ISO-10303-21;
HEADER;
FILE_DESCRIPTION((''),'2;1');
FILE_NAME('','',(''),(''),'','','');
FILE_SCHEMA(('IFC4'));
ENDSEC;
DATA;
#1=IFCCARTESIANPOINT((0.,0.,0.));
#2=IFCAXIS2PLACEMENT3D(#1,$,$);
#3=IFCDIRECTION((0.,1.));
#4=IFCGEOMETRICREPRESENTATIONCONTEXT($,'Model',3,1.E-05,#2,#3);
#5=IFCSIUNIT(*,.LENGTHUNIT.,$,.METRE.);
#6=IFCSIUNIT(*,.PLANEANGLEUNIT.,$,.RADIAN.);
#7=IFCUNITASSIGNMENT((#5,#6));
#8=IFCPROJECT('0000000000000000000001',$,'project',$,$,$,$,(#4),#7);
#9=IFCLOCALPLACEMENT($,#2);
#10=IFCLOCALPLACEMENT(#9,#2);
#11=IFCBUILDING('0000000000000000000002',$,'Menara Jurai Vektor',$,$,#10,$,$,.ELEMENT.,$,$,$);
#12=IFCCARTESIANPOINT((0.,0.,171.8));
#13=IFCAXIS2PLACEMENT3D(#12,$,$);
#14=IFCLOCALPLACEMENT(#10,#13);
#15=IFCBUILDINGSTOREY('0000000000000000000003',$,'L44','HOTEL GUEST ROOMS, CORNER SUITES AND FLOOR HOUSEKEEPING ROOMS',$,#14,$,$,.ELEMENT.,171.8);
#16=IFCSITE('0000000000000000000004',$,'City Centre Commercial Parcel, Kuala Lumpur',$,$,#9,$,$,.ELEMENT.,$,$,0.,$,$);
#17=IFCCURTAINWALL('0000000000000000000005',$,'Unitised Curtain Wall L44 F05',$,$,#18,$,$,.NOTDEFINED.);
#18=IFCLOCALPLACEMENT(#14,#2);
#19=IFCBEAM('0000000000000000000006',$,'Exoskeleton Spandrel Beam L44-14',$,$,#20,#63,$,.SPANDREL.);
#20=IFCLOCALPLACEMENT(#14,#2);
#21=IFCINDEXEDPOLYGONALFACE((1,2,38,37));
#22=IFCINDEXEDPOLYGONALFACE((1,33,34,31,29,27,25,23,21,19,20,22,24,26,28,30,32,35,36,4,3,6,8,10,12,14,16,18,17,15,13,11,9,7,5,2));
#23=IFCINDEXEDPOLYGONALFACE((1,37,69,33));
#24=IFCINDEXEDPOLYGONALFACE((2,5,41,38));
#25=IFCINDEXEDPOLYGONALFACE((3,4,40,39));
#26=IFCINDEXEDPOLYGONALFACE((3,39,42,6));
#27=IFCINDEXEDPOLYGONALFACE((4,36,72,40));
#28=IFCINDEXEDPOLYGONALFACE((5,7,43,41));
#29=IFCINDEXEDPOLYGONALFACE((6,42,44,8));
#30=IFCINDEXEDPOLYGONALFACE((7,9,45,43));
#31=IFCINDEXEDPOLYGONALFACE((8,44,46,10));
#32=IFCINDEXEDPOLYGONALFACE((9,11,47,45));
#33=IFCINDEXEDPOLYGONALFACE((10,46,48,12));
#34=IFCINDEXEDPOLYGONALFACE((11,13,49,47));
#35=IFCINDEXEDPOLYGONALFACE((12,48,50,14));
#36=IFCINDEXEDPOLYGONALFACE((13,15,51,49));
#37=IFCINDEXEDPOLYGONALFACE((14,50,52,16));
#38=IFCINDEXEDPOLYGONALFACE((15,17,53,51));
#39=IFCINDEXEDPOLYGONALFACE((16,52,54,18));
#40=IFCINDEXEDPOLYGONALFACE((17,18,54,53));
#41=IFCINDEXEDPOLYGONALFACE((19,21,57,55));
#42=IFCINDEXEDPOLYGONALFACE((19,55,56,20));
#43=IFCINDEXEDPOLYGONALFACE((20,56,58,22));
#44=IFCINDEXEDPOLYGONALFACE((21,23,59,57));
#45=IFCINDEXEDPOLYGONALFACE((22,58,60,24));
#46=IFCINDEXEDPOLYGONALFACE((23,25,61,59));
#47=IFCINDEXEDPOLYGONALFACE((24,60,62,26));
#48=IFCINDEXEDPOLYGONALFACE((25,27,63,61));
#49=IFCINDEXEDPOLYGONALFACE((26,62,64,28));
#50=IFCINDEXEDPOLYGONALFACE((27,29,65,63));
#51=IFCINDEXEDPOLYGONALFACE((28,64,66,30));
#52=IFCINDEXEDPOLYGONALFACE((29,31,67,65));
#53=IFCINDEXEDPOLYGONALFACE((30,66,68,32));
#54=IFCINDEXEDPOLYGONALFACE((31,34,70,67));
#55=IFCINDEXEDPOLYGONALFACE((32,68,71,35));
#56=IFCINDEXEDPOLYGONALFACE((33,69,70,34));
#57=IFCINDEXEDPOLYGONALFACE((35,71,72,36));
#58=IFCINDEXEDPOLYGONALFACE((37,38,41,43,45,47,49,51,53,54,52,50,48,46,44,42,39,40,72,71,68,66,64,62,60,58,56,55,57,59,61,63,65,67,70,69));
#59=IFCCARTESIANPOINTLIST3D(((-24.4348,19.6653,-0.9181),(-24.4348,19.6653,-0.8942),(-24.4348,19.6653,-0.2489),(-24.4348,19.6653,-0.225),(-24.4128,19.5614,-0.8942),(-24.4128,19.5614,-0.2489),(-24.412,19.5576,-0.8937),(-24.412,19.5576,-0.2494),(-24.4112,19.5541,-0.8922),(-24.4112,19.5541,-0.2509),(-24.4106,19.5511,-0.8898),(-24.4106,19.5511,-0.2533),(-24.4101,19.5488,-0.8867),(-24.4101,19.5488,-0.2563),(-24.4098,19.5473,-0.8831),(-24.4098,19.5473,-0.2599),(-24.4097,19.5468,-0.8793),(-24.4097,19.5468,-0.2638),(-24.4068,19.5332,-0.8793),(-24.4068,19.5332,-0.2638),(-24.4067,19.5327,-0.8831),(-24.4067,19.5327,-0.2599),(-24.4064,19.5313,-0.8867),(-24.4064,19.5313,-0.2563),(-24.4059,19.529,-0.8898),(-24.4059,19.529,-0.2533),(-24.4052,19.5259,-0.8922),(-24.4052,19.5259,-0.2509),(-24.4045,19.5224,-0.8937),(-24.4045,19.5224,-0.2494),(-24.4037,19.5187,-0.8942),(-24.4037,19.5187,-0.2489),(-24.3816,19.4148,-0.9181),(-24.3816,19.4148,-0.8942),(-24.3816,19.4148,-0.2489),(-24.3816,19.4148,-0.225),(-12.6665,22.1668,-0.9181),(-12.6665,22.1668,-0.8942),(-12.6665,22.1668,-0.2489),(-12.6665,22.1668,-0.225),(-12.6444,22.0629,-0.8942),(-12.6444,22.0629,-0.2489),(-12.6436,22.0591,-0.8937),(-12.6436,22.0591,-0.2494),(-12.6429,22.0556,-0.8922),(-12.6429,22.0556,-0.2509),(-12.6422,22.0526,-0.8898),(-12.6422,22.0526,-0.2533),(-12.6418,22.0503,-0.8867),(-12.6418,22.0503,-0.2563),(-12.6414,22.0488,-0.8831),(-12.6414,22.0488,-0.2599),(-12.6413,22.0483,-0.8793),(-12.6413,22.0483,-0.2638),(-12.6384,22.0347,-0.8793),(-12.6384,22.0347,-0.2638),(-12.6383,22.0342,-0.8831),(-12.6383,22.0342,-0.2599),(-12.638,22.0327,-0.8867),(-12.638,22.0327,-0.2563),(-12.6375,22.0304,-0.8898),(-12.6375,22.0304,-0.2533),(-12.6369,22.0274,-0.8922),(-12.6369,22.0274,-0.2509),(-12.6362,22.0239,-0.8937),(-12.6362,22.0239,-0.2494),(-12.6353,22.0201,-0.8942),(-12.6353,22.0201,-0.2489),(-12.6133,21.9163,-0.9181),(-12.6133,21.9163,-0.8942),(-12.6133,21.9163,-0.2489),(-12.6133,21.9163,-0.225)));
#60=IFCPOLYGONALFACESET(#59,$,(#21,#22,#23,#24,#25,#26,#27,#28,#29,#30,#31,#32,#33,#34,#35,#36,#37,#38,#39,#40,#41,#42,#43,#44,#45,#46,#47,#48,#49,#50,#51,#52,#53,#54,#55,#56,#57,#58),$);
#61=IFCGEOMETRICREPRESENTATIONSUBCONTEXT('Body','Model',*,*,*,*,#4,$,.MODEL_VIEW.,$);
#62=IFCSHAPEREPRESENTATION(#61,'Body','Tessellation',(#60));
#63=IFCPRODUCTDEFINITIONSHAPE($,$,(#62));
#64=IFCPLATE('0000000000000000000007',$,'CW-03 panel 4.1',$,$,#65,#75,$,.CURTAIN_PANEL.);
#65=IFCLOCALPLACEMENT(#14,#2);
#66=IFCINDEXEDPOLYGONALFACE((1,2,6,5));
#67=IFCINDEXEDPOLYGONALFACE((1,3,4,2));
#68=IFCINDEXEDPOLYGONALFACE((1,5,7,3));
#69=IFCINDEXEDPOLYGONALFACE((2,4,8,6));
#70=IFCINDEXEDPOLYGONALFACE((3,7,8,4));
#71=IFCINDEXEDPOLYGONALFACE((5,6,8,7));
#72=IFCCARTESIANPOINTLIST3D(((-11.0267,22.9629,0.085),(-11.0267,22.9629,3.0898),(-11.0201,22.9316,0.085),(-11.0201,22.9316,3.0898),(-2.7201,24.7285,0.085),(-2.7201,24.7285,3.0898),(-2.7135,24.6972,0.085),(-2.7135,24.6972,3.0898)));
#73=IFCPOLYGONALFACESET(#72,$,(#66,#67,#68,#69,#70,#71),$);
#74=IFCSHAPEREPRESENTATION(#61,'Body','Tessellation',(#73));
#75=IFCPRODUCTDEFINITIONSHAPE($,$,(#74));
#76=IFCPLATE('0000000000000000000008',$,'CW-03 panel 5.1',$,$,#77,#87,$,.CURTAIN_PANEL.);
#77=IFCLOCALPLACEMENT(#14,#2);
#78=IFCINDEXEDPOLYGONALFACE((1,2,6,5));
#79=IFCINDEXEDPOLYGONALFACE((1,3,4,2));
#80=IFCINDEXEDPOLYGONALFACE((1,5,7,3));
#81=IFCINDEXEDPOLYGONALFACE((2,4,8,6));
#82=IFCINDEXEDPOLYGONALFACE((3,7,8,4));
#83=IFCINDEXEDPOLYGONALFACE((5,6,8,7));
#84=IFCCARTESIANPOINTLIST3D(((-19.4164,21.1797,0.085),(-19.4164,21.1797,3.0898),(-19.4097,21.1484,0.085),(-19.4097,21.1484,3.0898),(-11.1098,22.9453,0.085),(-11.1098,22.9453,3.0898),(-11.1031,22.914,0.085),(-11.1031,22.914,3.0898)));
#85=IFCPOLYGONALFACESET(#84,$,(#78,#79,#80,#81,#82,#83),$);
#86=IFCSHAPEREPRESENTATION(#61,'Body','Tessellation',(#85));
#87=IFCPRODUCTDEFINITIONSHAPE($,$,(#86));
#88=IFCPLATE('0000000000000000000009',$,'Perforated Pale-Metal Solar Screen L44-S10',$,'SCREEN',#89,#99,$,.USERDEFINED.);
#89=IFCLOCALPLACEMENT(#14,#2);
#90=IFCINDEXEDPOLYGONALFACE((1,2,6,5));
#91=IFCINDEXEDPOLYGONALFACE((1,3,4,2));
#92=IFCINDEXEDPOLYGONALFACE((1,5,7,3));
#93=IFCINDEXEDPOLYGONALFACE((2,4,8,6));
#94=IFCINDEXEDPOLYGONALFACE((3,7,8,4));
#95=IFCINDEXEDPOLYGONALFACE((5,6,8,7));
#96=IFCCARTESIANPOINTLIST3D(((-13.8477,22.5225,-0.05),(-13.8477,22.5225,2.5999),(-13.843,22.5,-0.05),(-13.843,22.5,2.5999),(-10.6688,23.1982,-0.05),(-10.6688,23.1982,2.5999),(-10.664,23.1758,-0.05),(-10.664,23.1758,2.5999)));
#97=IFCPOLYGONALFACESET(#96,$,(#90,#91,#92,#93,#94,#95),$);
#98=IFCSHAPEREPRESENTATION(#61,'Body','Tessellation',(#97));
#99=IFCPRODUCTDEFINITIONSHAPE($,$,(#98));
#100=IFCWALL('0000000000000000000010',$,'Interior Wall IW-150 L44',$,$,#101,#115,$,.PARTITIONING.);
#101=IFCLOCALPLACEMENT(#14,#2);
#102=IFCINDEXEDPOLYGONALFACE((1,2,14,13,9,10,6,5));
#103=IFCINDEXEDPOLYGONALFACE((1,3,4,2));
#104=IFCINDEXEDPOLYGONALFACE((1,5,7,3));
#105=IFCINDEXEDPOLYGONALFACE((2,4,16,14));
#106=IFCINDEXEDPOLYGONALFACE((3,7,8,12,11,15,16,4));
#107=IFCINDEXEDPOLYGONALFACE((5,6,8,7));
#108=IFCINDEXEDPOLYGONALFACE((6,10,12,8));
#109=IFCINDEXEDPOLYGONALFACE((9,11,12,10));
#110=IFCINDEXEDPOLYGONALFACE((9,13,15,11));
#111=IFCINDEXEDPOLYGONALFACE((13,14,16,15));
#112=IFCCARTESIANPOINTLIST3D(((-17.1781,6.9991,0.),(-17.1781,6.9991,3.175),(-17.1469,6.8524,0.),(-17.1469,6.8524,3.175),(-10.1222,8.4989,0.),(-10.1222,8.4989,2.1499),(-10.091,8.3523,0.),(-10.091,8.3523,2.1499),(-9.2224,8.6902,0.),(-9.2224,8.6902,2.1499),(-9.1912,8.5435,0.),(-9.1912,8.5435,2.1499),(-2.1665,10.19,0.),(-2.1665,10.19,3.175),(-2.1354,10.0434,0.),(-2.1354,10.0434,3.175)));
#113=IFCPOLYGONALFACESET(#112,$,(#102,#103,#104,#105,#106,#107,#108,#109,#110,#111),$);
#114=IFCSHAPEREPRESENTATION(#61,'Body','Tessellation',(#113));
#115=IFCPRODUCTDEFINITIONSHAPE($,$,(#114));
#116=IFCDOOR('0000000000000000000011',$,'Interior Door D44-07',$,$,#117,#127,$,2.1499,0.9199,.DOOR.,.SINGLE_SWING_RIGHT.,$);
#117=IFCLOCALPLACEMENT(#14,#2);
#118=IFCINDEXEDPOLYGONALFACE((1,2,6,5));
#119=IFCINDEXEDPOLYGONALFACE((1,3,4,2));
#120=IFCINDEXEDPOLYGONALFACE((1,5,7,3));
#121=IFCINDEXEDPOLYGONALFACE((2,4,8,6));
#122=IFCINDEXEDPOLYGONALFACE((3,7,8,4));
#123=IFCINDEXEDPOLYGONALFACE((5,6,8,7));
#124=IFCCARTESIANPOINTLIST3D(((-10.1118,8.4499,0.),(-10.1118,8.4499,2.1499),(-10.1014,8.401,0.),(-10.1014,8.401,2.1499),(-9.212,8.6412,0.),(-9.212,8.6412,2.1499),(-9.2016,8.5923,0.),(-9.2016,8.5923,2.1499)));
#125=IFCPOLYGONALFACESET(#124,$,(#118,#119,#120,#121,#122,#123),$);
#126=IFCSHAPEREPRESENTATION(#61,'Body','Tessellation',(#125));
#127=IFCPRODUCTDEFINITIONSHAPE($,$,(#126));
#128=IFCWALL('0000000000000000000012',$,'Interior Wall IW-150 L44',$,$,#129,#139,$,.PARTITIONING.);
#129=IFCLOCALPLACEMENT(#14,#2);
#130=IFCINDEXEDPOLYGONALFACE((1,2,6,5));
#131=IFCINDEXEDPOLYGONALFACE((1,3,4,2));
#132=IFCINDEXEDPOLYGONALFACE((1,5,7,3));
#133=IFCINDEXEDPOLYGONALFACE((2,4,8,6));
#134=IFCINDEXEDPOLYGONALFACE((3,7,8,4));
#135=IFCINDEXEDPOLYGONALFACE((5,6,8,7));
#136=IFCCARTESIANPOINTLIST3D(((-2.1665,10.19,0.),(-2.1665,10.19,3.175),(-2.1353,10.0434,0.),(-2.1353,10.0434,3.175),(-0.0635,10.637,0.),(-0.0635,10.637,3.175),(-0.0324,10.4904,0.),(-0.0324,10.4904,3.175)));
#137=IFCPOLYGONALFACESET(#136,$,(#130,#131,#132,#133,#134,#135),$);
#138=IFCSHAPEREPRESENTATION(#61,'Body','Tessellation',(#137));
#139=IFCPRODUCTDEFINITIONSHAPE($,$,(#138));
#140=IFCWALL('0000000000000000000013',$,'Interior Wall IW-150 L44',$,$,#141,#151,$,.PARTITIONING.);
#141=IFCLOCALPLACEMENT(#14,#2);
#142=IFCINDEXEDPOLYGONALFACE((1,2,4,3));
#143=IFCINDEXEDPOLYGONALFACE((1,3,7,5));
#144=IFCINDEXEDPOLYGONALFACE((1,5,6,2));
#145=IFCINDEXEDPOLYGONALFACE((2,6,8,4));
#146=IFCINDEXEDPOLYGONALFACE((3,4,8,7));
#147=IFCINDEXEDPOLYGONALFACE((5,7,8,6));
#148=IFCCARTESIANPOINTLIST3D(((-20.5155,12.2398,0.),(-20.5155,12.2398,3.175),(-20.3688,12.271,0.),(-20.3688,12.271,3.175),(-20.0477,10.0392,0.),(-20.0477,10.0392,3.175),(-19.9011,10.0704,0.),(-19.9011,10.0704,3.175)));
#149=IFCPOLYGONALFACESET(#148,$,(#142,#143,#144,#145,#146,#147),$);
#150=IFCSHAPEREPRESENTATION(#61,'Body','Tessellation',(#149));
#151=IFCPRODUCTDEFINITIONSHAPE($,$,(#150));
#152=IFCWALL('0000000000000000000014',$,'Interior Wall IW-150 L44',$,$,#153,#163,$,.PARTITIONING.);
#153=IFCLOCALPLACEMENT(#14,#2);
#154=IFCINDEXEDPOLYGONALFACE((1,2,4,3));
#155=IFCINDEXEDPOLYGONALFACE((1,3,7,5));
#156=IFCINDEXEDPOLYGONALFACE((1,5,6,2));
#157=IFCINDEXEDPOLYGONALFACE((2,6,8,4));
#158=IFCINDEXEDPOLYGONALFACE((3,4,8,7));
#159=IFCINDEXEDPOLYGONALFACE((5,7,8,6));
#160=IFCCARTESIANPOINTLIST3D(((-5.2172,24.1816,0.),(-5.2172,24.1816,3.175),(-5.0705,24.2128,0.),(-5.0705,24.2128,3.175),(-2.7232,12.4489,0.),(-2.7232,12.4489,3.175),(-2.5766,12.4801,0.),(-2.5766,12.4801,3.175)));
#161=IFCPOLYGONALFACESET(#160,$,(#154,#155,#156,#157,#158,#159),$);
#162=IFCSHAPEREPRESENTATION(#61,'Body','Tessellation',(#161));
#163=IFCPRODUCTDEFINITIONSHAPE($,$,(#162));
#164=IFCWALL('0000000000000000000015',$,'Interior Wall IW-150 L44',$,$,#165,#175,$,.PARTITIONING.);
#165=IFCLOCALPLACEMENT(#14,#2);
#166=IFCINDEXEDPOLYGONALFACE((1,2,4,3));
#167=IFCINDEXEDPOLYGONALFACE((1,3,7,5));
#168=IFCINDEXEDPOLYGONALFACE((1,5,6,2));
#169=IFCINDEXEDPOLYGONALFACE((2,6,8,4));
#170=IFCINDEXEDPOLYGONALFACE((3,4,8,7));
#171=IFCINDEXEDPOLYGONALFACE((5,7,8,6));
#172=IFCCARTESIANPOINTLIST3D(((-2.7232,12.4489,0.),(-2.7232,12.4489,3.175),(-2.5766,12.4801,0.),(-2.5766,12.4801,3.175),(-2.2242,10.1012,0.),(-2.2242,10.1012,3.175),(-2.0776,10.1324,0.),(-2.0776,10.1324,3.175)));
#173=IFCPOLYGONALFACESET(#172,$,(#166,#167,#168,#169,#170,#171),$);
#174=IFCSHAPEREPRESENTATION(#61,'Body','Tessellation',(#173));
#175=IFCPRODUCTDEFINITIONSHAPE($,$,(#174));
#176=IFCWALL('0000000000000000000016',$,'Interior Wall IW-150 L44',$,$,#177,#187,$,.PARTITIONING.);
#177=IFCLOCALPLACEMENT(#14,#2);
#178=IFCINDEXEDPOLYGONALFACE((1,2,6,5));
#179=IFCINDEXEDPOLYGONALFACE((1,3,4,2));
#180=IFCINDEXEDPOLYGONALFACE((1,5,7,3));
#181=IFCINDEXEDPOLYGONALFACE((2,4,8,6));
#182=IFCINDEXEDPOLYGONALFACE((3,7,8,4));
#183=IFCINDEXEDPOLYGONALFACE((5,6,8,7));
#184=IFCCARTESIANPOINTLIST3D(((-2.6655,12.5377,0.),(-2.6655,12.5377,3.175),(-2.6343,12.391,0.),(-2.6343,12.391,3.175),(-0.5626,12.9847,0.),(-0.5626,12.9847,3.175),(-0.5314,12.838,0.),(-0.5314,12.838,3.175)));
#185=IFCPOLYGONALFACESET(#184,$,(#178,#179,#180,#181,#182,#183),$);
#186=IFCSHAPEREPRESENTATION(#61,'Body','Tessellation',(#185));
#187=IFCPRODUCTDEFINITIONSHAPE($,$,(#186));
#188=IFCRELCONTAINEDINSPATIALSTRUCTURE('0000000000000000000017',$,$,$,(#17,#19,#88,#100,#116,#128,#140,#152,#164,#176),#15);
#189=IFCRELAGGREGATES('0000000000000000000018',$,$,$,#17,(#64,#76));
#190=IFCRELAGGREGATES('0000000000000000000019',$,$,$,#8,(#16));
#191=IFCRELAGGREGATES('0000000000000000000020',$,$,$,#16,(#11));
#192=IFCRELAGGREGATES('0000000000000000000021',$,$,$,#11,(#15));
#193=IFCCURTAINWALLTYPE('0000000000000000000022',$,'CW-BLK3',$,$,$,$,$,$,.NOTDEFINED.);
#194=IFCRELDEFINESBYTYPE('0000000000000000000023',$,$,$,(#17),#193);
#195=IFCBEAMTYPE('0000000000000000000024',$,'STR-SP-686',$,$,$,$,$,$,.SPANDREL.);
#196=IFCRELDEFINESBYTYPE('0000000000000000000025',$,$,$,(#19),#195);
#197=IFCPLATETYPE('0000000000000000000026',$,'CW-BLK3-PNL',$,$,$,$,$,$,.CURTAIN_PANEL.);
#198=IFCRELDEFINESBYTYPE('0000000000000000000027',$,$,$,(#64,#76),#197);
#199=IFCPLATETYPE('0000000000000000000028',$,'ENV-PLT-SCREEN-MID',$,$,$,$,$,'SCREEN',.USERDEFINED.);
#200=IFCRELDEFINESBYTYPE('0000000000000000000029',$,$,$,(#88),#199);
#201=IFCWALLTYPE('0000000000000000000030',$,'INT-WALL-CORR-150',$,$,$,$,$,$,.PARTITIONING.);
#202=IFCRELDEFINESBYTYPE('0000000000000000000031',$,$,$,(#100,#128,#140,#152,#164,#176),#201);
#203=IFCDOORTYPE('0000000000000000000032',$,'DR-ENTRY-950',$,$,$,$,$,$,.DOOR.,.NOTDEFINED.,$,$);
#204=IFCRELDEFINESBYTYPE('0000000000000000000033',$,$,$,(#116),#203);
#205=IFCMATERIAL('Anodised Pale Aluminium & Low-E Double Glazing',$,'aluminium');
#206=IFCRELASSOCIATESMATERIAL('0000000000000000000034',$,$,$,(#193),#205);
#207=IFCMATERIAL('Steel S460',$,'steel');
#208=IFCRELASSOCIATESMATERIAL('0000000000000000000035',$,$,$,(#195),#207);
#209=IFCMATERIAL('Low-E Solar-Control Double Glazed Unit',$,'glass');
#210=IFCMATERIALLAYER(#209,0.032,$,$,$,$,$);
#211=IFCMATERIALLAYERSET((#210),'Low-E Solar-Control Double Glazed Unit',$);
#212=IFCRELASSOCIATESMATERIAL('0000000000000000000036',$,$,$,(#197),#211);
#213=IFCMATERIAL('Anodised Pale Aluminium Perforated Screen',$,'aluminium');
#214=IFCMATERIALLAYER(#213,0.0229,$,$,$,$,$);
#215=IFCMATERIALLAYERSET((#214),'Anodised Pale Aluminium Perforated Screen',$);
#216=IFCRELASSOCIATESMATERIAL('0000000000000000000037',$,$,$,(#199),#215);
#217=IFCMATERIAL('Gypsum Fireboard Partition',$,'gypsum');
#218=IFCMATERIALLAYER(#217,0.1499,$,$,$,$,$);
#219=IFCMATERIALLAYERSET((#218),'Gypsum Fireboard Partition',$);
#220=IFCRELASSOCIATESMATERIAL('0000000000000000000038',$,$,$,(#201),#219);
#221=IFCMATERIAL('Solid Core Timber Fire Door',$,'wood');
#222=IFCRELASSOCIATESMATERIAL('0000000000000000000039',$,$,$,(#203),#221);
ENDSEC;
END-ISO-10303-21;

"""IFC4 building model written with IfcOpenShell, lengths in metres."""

from ifc_helpers import new_model, si_unit, direction, frame, frame_2d, origin, origin_2d, place, context, subcontext, project, spatial, rectangle, i_section, extrude, material, layer, layer_set, material_profile, profile_set, type_object, element, fill, aggregate, save


model = new_model("IFC4")

# Units and contexts
model_context = context("Model", 3, precision=1e-05, world=origin(), true_north=direction((0.0, 1.0)))
body_context = subcontext(model_context, "Body", "Model", "MODEL_VIEW")
ifc_project = project(units=[si_unit("LENGTHUNIT", "METRE"), si_unit("PLANEANGLEUNIT", "RADIAN")], contexts=[model_context])

# Site, building, storey
site_placement = place(None, origin())
site = spatial("IfcSite", under=ifc_project, at=site_placement, Name="City Centre Commercial Parcel, Kuala Lumpur", CompositionType="ELEMENT", RefElevation=0.0)
building_placement = place(site_placement, origin())
building = spatial("IfcBuilding", under=site, at=building_placement, Name="Menara Jurai Vektor", CompositionType="ELEMENT")
storey_placement = place(building_placement, frame((0.0, 0.0, 171.8)))
storey = spatial("IfcBuildingStorey", under=building, at=storey_placement, Name="L44", Description="HOTEL GUEST ROOMS, CORNER SUITES AND FLOOR HOUSEKEEPING ROOMS", CompositionType="ELEMENT", Elevation=171.8)

# Shared definitions
ifc_material_1 = material(Name="Steel S460", Category="steel")

# Curtain wall
ifc_material_2 = material(Name="Anodised Pale Aluminium & Low-E Double Glazing", Category="aluminium")
curtain_wall_type = type_object("IfcCurtainWallType", Name="CW-BLK3", PredefinedType="NOTDEFINED", material=ifc_material_2)
curtain_wall_placement = place(storey_placement, origin())
curtain_wall = element("IfcCurtainWall", 1, at=curtain_wall_placement, inside=storey, type_object=curtain_wall_type, Name="Unitised Curtain Wall L44 F05", PredefinedType="NOTDEFINED")

# Beam
ifc_material_profile_1 = material_profile(ifc_material_1, i_section(OverallWidth=0.2561, OverallDepth=0.6931, WebThickness=0.0139, FlangeThickness=0.0239, FilletRadius=0.0149, at=origin_2d()), Name="UKB 686x254x170")
ifc_profile_set_1 = profile_set([ifc_material_profile_1], Name="Steel S460")
beam_type_1 = type_object("IfcBeamType", Name="STR-SP-686", PredefinedType="SPANDREL", material=ifc_profile_set_1)
beam_1_placement = place(storey_placement, frame((-12.6399, 22.0415, -0.5715), z_axis=(-0.978147, -0.207914, 0.0), x_axis=(0.207914, -0.978147, 0.0)))
element("IfcBeam", 2, at=beam_1_placement, inside=storey, type_object=beam_type_1, Name="Exoskeleton Spandrel Beam L44-14", PredefinedType="SPANDREL", context=body_context, shape_type="SweptSolid", body=[
    extrude(i_section(OverallWidth=0.2561, OverallDepth=0.6931, WebThickness=0.0139, FlangeThickness=0.0239, FilletRadius=0.0149, at=origin_2d()), origin(), (0.0, 0.0, 1.0), 12.0312),
])

# Plates
ifc_material_3 = material(Name="Low-E Solar-Control Double Glazed Unit", Category="glass")
ifc_layer_1 = layer(ifc_material_3, 0.032)
ifc_layer_set_1 = layer_set([ifc_layer_1], Name="Low-E Solar-Control Double Glazed Unit")
plate_type_1 = type_object("IfcPlateType", Name="CW-BLK3-PNL", PredefinedType="CURTAIN_PANEL", material=ifc_layer_set_1)
plate_1_placement = place(storey_placement, frame((-6.8701, 23.8301, 0.085), z_axis=(0.0, 0.0, 1.0), x_axis=(-0.978148, -0.207911, 0.0)))
plate_1 = element("IfcPlate", 3, at=plate_1_placement, type_object=plate_type_1, Name="CW-03 panel 4.1", PredefinedType="CURTAIN_PANEL", context=body_context, shape_type="SweptSolid", body=[
    extrude(rectangle(XDim=8.4922, YDim=0.032, at=origin_2d()), origin(), (0.0, 0.0, 1.0), 3.0049),
])
plate_2_placement = place(storey_placement, frame((-15.2598, 22.0469, 0.085), z_axis=(0.0, 0.0, 1.0), x_axis=(-0.978148, -0.207911, 0.0)))
plate_2 = element("IfcPlate", 4, at=plate_2_placement, type_object=plate_type_1, Name="CW-03 panel 5.1", PredefinedType="CURTAIN_PANEL", context=body_context, shape_type="SweptSolid", body=[
    extrude(rectangle(XDim=8.4922, YDim=0.032, at=origin_2d()), origin(), (0.0, 0.0, 1.0), 3.0049),
])
aggregate(curtain_wall, [plate_1, plate_2])
ifc_material_4 = material(Name="Anodised Pale Aluminium Perforated Screen", Category="aluminium")
ifc_layer_2 = layer(ifc_material_4, 0.0229)
ifc_layer_set_2 = layer_set([ifc_layer_2], Name="Anodised Pale Aluminium Perforated Screen")
plate_type_2 = type_object("IfcPlateType", Name="ENV-PLT-SCREEN-MID", ElementType="SCREEN", PredefinedType="USERDEFINED", material=ifc_layer_set_2)
plate_3_placement = place(storey_placement, frame((-12.2559, 22.8491, -0.05), z_axis=(0.0, 0.0, 1.0), x_axis=(-0.978148, -0.207912, 0.0)))
element("IfcPlate", 5, at=plate_3_placement, inside=storey, type_object=plate_type_2, Name="Perforated Pale-Metal Solar Screen L44-S10", ObjectType="SCREEN", PredefinedType="USERDEFINED", context=body_context, shape_type="SweptSolid", body=[
    extrude(rectangle(XDim=3.25, YDim=0.0229, at=origin_2d()), origin(), (0.0, 0.0, 1.0), 2.6499),
])

# Wall, opening, door
ifc_material_5 = material(Name="Gypsum Fireboard Partition", Category="gypsum")
ifc_layer_3 = layer(ifc_material_5, 0.1499)
ifc_layer_set_3 = layer_set([ifc_layer_3], Name="Gypsum Fireboard Partition")
wall_type_1 = type_object("IfcWallType", Name="INT-WALL-CORR-150", PredefinedType="PARTITIONING", material=ifc_layer_set_3)
wall_1_placement = place(storey_placement, frame((-17.1624, 6.9258, 0.0), z_axis=(0.0, 0.0, 1.0), x_axis=(0.978146, 0.20792, 0.0)))
wall_1 = element("IfcWall", 6, at=wall_1_placement, inside=storey, type_object=wall_type_1, Name="Interior Wall IW-150 L44", PredefinedType="PARTITIONING", context=body_context, shape_type="SweptSolid", body=[
    extrude(rectangle(XDim=15.3469, YDim=0.1499, at=frame_2d((7.6733, 0.0))), origin(), (0.0, 0.0, 1.0), 3.175),
])
opening_placement = place(wall_1_placement, frame((7.2134, 0.0, 0.0)))
opening = element("IfcOpeningElement", 7, at=opening_placement, cuts=wall_1, PredefinedType="OPENING", context=body_context, shape_type="SweptSolid", body=[
    extrude(rectangle(XDim=0.9199, YDim=2.1499, at=frame_2d((0.46, 1.075))), frame((0.0, 0.085, 0.0), z_axis=(0.0, -1.0, 0.0), x_axis=(1.0, 0.0, 0.0)), (0.0, 0.0, 1.0), 0.1699),
])
ifc_material_6 = material(Name="Solid Core Timber Fire Door", Category="wood")
door_type = type_object("IfcDoorType", Name="DR-ENTRY-950", OperationType="NOTDEFINED", PredefinedType="DOOR", material=ifc_material_6)
door_placement = place(opening_placement, origin())
door = element("IfcDoor", 8, at=door_placement, inside=storey, type_object=door_type, Name="Interior Door D44-07", OperationType="SINGLE_SWING_RIGHT", OverallHeight=2.1499, OverallWidth=0.9199, PredefinedType="DOOR", context=body_context, shape_type="SweptSolid", body=[
    extrude(rectangle(XDim=0.9199, YDim=2.1499, at=frame_2d((0.46, 1.075))), frame((0.0, 0.0249, 0.0), z_axis=(0.0, -1.0, 0.0), x_axis=(1.0, 0.0, 0.0)), (0.0, 0.0, 1.0), 0.05),
])
fill(opening, door)

# Walls
wall_2_placement = place(storey_placement, frame((-2.1509, 10.1167, 0.0), z_axis=(0.0, 0.0, 1.0), x_axis=(0.978147, 0.207916, 0.0)))
element("IfcWall", 9, at=wall_2_placement, inside=storey, type_object=wall_type_1, Name="Interior Wall IW-150 L44", PredefinedType="PARTITIONING", context=body_context, shape_type="SweptSolid", body=[
    extrude(rectangle(XDim=2.1499, YDim=0.1499, at=frame_2d((1.075, 0.0))), origin(), (0.0, 0.0, 1.0), 3.175),
])
wall_3_placement = place(storey_placement, frame((-19.9744, 10.0547, 0.0), z_axis=(0.0, 0.0, 1.0), x_axis=(-0.207913, 0.978147, 0.0)))
element("IfcWall", 10, at=wall_3_placement, inside=storey, type_object=wall_type_1, Name="Interior Wall IW-150 L44", PredefinedType="PARTITIONING", context=body_context, shape_type="SweptSolid", body=[
    extrude(rectangle(XDim=2.2498, YDim=0.1499, at=frame_2d((1.125, 0.0))), origin(), (0.0, 0.0, 1.0), 3.175),
])
wall_4_placement = place(storey_placement, frame((-2.6499, 12.4644, 0.0), z_axis=(0.0, 0.0, 1.0), x_axis=(-0.207915, 0.978147, 0.0)))
element("IfcWall", 11, at=wall_4_placement, inside=storey, type_object=wall_type_1, Name="Interior Wall IW-150 L44", PredefinedType="PARTITIONING", context=body_context, shape_type="SweptSolid", body=[
    extrude(rectangle(XDim=11.9949, YDim=0.1499, at=frame_2d((5.9976, 0.0))), origin(), (0.0, 0.0, 1.0), 3.175),
])
wall_5_placement = place(storey_placement, frame((-2.1509, 10.1167, 0.0), z_axis=(0.0, 0.0, 1.0), x_axis=(-0.207917, 0.978146, 0.0)))
element("IfcWall", 12, at=wall_5_placement, inside=storey, type_object=wall_type_1, Name="Interior Wall IW-150 L44", PredefinedType="PARTITIONING", context=body_context, shape_type="SweptSolid", body=[
    extrude(rectangle(XDim=2.4001, YDim=0.1499, at=frame_2d((1.2002, 0.0))), origin(), (0.0, 0.0, 1.0), 3.175),
])
wall_6_placement = place(storey_placement, frame((-2.6499, 12.4644, 0.0), z_axis=(0.0, 0.0, 1.0), x_axis=(0.978147, 0.207916, 0.0)))
element("IfcWall", 13, at=wall_6_placement, inside=storey, type_object=wall_type_1, Name="Interior Wall IW-150 L44", PredefinedType="PARTITIONING", context=body_context, shape_type="SweptSolid", body=[
    extrude(rectangle(XDim=2.1499, YDim=0.1499, at=frame_2d((1.075, 0.0))), origin(), (0.0, 0.0, 1.0), 3.175),
])

save(model, "model.ifc")
